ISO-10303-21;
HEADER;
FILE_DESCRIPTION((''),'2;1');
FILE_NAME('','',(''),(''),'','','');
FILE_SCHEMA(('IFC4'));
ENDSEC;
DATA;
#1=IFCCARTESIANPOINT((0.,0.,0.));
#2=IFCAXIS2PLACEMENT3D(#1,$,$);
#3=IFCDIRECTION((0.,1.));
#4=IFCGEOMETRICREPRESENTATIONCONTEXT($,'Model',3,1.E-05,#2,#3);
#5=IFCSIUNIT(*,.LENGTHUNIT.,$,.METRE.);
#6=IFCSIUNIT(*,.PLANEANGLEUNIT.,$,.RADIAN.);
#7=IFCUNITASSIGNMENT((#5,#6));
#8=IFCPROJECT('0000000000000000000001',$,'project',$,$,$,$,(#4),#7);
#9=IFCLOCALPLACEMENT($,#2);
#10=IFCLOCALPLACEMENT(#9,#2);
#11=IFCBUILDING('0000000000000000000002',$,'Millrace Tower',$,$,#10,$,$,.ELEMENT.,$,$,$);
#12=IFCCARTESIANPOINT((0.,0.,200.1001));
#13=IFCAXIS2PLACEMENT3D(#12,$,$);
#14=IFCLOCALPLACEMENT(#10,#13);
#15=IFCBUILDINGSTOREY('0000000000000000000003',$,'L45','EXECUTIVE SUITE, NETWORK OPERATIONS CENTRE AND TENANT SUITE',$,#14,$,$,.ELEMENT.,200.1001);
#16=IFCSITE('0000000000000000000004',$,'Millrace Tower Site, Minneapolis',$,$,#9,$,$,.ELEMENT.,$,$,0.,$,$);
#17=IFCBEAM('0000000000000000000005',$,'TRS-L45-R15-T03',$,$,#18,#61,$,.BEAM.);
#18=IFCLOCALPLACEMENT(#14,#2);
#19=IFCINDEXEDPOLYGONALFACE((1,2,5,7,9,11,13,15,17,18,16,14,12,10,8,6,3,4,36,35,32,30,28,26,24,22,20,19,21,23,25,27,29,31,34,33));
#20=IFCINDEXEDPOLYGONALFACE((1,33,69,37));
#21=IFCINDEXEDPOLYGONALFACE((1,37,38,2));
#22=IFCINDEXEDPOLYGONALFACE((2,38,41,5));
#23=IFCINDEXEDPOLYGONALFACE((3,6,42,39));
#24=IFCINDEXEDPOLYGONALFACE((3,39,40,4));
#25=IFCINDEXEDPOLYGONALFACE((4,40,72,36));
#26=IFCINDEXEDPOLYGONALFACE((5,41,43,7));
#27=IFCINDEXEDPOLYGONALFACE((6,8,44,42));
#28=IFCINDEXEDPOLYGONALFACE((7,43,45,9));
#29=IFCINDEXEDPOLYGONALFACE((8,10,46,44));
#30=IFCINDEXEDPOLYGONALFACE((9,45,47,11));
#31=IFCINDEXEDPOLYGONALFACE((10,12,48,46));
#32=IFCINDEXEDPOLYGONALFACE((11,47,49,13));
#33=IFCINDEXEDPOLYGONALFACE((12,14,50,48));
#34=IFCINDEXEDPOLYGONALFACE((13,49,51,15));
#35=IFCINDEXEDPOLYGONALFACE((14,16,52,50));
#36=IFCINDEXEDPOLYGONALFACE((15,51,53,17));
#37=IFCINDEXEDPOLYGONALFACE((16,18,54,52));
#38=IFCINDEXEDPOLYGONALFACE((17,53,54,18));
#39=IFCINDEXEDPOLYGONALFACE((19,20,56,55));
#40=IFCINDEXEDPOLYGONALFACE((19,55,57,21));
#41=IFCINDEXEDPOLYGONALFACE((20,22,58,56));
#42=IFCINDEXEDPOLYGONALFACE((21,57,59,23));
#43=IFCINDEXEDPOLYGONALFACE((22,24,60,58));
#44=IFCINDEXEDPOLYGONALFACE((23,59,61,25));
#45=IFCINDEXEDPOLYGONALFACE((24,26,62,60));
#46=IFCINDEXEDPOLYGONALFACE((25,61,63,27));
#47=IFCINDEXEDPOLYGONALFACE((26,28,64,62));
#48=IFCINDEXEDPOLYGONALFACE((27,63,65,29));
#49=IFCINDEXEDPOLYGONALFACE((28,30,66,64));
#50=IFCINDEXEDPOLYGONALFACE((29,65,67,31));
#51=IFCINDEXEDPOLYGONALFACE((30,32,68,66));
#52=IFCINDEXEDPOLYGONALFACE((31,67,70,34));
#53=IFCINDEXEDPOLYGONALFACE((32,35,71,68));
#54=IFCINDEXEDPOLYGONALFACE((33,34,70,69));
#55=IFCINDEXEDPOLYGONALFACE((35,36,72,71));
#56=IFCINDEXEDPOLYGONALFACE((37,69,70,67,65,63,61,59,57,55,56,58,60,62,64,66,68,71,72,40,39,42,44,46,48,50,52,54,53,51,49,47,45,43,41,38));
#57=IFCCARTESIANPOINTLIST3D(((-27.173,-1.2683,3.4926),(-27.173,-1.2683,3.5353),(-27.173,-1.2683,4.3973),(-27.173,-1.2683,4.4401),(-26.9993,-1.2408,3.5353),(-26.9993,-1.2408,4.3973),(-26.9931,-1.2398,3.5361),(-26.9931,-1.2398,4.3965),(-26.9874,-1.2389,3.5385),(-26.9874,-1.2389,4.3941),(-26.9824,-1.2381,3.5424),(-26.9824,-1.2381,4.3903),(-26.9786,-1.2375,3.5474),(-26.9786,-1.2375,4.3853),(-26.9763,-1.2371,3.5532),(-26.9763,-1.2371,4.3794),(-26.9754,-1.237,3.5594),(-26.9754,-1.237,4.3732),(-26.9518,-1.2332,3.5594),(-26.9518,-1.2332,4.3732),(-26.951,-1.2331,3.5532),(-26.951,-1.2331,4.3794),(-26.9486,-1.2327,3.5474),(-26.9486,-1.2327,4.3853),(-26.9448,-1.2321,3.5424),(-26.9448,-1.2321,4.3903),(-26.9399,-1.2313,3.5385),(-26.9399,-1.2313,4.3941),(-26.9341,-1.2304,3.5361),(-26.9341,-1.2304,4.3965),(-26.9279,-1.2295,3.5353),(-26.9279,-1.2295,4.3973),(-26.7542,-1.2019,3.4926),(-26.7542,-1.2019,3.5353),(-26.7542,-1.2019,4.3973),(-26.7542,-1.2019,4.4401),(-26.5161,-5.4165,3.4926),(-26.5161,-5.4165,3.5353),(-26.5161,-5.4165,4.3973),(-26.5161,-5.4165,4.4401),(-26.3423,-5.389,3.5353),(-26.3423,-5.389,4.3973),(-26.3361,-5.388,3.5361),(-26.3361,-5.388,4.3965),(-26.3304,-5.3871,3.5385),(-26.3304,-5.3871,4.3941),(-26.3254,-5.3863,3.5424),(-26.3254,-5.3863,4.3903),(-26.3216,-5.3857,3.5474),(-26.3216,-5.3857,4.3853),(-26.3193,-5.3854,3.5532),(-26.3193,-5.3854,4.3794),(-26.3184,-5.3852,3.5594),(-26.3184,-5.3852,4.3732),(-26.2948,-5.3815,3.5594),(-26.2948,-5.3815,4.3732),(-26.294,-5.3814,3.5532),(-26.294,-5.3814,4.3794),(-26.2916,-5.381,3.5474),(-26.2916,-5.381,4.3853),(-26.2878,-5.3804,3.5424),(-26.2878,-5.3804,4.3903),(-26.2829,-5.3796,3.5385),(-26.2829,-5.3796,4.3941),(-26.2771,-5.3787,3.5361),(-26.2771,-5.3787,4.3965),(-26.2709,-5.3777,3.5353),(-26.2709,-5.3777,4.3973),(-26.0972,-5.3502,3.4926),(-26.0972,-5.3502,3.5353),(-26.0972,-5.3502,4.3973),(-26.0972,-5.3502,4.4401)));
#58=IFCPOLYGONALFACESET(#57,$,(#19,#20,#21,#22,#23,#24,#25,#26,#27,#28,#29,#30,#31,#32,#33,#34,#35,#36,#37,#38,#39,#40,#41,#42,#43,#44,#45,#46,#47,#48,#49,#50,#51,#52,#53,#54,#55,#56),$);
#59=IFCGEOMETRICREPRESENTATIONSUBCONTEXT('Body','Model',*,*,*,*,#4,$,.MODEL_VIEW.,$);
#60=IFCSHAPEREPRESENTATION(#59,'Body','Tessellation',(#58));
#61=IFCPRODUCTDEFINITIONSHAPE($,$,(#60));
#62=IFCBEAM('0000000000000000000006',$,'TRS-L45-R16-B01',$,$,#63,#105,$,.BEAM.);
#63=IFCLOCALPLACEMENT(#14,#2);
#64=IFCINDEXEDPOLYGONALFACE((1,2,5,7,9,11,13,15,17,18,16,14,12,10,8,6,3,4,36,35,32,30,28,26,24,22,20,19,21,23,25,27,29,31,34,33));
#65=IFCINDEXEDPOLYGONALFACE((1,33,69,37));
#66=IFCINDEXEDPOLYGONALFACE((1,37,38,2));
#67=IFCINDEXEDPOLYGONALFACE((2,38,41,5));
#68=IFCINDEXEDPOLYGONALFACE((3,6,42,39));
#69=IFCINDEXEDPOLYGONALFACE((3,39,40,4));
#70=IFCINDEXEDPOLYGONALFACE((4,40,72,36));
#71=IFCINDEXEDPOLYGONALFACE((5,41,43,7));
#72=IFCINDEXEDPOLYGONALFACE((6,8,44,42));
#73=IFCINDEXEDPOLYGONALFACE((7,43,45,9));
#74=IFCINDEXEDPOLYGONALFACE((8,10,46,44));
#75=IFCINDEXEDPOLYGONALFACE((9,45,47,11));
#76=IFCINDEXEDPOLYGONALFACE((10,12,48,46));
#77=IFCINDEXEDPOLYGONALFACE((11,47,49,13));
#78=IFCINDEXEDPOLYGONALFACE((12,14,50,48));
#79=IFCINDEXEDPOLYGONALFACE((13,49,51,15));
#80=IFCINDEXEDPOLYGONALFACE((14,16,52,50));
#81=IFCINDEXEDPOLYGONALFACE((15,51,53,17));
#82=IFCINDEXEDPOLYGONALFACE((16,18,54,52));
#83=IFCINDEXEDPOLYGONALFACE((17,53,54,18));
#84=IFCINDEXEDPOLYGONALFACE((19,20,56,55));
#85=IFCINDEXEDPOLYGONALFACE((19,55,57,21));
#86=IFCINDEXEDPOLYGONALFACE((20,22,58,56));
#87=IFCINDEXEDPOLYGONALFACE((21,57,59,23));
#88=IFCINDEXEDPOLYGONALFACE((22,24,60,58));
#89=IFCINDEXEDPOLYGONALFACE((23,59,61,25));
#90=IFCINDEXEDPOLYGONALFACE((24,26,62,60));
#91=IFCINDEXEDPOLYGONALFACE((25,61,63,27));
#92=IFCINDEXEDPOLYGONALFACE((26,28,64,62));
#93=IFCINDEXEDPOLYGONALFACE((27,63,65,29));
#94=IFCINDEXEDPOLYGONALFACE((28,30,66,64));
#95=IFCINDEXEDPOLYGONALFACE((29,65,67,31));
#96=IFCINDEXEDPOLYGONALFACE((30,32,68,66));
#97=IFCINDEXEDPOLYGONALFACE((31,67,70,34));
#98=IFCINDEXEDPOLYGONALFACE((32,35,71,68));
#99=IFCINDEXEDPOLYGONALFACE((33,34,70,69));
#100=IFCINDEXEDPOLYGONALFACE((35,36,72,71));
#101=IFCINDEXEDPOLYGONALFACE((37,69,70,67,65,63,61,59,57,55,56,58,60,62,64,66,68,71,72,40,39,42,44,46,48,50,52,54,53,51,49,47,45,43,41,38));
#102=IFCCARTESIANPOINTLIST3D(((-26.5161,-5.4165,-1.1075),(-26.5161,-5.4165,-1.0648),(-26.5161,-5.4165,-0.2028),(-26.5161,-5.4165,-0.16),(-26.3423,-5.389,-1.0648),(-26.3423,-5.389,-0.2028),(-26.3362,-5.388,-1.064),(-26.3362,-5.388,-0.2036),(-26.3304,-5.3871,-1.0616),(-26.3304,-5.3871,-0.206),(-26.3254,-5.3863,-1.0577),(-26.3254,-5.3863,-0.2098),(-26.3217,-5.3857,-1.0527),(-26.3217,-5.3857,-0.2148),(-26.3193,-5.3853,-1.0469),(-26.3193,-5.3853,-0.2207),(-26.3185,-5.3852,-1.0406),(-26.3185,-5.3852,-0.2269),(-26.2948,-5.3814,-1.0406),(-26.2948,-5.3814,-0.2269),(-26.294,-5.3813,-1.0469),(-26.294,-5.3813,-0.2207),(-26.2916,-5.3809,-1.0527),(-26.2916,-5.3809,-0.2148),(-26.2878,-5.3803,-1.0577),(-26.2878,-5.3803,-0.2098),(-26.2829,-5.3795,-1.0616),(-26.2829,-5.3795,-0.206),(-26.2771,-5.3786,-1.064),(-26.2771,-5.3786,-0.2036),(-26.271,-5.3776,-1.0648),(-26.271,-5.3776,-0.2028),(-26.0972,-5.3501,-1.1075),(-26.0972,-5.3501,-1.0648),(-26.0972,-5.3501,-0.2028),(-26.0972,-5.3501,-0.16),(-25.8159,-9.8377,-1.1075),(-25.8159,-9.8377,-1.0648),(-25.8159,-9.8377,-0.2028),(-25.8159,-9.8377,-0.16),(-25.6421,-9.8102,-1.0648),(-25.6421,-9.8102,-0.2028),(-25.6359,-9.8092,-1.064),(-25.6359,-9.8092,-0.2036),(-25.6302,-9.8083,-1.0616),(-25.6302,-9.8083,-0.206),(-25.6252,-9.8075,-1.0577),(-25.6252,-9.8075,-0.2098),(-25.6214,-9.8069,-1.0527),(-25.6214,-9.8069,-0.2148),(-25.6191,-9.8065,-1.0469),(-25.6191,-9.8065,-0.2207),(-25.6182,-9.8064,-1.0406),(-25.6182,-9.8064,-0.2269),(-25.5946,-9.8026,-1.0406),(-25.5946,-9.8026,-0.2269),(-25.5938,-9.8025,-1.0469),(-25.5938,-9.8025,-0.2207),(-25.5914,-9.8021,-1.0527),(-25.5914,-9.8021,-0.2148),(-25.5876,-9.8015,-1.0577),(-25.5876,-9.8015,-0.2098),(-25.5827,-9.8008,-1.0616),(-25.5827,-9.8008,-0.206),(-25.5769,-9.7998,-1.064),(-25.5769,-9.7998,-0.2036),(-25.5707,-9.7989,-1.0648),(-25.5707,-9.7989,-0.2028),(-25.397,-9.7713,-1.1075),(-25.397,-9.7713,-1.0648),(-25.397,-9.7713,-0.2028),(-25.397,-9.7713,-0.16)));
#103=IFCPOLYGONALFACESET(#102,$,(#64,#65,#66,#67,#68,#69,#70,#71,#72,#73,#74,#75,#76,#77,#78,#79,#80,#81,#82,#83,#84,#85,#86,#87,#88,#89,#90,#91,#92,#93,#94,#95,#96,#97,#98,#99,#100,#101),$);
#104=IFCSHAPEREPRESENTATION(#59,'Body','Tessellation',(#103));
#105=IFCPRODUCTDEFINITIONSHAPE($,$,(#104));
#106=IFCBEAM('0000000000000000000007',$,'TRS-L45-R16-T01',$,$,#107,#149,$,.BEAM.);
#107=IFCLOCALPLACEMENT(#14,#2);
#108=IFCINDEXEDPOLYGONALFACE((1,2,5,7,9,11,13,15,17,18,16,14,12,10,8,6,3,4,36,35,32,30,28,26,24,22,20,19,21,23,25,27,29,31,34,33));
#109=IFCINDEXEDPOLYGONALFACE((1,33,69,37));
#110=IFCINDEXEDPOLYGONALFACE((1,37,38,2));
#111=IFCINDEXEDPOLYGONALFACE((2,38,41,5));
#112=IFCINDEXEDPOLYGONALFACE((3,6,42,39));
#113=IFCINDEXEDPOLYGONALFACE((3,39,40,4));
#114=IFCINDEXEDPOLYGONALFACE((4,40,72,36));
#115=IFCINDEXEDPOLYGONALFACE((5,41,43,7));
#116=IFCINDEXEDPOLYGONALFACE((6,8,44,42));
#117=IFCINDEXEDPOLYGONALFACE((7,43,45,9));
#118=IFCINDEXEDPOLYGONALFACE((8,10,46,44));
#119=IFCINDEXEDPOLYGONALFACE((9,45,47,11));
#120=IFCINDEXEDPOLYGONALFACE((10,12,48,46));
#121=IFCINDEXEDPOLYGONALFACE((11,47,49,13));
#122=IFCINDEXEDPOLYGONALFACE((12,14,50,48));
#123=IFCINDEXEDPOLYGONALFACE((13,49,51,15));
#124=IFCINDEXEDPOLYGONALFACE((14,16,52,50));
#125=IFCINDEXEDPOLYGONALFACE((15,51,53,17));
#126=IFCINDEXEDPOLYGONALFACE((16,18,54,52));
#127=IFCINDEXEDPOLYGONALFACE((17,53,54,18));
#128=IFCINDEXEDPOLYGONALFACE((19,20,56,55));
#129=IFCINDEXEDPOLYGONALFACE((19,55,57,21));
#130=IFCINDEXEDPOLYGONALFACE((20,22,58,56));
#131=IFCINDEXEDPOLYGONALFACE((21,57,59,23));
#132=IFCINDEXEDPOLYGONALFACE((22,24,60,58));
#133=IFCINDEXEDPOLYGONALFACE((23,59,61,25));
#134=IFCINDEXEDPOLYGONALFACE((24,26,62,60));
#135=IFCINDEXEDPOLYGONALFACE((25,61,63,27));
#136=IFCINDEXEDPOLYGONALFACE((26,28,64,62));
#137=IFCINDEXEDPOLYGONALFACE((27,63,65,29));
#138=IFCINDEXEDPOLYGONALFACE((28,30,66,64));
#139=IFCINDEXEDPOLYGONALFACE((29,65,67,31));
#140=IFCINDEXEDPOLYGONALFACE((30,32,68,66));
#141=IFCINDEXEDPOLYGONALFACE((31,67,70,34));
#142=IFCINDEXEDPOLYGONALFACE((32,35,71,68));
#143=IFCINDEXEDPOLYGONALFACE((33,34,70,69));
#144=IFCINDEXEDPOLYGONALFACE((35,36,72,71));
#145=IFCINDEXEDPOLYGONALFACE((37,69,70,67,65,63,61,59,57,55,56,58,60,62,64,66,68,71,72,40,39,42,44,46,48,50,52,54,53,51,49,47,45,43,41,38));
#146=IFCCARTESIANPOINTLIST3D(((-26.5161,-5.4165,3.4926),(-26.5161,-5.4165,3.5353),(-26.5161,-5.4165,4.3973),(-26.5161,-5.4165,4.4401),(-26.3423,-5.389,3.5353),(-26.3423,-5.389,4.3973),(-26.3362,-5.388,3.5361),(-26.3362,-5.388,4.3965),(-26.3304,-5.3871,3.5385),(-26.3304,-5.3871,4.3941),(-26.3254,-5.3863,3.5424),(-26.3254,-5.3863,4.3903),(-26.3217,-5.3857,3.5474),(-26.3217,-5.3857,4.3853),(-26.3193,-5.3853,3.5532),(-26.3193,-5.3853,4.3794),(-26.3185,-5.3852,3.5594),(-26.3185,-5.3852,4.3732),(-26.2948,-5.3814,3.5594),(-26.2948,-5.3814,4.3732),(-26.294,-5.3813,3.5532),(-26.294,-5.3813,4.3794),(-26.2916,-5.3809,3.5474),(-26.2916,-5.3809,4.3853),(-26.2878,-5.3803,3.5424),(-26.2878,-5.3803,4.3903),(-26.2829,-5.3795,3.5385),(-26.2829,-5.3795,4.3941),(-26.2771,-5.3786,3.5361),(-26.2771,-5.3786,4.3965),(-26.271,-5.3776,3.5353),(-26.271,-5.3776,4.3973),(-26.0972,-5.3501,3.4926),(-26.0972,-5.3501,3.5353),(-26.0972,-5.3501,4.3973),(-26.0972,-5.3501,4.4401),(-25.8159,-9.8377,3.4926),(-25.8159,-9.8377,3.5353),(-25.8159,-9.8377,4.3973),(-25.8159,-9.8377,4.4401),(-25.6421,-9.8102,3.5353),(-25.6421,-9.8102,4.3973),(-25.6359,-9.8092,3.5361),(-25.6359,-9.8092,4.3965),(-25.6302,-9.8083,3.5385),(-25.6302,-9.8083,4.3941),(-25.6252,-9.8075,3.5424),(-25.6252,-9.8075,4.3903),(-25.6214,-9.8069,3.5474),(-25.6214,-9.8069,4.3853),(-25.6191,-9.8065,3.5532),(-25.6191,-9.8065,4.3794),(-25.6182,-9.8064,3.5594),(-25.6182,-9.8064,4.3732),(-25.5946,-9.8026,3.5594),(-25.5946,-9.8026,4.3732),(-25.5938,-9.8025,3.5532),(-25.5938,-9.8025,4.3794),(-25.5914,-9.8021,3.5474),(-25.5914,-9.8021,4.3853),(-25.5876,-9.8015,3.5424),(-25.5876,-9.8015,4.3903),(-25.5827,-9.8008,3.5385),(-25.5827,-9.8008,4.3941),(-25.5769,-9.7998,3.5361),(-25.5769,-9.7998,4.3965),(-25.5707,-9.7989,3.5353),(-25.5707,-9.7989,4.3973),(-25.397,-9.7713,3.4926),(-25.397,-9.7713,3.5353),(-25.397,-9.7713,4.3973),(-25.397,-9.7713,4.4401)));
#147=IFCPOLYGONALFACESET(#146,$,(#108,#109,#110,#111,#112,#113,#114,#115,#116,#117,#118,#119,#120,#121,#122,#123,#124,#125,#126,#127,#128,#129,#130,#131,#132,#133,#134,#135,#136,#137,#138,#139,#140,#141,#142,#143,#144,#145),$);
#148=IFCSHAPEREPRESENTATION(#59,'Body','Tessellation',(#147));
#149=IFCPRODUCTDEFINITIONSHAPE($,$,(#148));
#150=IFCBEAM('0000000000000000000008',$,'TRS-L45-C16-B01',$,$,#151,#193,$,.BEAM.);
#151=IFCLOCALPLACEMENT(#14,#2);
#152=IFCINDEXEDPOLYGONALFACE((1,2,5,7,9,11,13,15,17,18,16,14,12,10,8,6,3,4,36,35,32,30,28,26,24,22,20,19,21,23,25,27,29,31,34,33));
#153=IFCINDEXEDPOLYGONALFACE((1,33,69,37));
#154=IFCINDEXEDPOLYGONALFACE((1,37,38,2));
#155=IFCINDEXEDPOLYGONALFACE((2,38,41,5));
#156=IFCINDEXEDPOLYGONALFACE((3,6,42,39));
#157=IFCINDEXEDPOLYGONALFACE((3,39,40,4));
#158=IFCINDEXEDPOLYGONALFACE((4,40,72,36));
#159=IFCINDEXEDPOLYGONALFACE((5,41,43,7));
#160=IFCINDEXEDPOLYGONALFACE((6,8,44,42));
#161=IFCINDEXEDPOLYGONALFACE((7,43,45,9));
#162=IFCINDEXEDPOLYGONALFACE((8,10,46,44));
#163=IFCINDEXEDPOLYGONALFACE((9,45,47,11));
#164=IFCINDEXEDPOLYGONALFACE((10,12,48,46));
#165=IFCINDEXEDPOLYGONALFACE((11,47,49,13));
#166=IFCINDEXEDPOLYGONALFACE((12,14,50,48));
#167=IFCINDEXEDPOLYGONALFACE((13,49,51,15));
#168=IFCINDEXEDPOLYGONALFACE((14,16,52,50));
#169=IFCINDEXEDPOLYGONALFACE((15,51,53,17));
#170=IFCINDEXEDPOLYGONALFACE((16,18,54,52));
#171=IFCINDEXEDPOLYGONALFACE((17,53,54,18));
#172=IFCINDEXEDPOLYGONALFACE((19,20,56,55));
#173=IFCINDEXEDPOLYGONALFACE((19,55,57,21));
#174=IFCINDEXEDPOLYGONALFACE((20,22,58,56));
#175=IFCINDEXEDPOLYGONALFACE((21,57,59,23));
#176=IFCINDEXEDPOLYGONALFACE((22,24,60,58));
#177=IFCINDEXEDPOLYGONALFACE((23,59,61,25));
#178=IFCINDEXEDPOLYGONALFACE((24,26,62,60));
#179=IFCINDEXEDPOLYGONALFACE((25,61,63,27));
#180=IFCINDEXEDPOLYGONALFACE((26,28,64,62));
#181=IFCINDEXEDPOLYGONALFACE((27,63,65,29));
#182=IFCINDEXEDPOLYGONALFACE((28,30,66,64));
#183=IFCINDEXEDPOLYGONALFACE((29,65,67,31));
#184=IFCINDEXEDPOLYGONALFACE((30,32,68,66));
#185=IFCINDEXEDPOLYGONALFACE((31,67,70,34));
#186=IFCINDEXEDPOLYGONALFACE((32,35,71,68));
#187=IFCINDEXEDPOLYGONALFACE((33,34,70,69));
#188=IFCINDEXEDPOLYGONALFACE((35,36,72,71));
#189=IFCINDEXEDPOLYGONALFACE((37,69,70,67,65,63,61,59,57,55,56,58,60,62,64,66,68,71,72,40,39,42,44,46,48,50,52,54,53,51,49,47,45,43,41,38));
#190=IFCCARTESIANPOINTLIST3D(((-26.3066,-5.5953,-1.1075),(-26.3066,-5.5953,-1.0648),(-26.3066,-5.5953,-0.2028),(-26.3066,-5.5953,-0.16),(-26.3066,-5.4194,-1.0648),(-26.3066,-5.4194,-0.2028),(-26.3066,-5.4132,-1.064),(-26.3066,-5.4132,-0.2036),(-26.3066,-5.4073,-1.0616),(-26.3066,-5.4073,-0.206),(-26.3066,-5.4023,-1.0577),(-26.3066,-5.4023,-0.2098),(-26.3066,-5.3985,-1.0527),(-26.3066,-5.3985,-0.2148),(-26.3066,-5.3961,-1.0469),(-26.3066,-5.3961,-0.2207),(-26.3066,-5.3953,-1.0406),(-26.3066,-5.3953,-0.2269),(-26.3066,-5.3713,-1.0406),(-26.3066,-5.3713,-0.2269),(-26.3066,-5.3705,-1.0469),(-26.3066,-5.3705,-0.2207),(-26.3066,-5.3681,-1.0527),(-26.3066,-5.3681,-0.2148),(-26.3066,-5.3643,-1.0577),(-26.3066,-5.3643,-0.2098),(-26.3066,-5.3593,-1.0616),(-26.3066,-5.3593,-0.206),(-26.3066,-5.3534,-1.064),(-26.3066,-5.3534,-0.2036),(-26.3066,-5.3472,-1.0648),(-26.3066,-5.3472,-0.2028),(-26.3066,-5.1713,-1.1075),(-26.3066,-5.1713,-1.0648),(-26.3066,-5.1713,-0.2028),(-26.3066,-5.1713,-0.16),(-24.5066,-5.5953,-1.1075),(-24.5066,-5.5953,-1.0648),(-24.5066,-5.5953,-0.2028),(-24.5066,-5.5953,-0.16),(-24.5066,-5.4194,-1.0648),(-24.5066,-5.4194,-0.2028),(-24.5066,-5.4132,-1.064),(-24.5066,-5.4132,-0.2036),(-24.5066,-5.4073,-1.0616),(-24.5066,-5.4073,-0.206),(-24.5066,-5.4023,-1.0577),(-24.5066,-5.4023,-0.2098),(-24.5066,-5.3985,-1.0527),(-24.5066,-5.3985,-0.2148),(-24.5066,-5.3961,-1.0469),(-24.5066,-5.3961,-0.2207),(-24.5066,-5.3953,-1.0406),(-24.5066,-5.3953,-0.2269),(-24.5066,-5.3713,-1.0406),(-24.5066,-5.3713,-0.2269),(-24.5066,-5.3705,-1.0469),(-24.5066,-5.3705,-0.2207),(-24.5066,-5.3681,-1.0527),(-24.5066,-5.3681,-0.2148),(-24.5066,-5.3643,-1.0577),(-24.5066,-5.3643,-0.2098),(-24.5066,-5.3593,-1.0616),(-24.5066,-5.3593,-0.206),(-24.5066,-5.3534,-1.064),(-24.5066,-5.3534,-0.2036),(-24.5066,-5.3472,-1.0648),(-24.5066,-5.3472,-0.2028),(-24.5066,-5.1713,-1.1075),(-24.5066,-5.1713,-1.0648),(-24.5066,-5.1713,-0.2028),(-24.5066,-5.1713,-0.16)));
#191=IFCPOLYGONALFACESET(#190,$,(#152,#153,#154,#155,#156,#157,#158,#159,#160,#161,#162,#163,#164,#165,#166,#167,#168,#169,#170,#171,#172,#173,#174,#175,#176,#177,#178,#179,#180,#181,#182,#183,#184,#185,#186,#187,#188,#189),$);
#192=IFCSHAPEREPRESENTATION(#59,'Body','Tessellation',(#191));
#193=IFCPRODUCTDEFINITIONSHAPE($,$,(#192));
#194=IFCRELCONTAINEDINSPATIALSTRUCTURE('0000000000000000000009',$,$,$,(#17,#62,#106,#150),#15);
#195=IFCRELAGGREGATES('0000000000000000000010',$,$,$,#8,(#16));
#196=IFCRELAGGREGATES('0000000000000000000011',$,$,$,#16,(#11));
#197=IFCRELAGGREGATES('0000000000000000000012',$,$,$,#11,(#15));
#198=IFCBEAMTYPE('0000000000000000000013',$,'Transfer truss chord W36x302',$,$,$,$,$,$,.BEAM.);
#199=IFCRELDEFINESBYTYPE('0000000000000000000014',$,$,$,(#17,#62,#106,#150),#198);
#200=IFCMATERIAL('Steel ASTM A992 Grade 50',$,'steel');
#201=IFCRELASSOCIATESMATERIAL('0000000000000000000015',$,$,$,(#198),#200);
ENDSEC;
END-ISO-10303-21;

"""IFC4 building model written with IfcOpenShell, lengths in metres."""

from ifc_helpers import new_model, si_unit, direction, frame, origin, origin_2d, place, context, subcontext, project, spatial, i_section, extrude, material, material_profile, profile_set, type_object, element, save


model = new_model("IFC4")

# Units and contexts
model_context = context("Model", 3, precision=1e-05, world=origin(), true_north=direction((0.0, 1.0)))
body_context = subcontext(model_context, "Body", "Model", "MODEL_VIEW")
ifc_project = project(units=[si_unit("LENGTHUNIT", "METRE"), si_unit("PLANEANGLEUNIT", "RADIAN")], contexts=[model_context])

# Site, building, storey
site_placement = place(None, origin())
site = spatial("IfcSite", under=ifc_project, at=site_placement, Name="Millrace Tower Site, Minneapolis", CompositionType="ELEMENT", RefElevation=0.0)
building_placement = place(site_placement, origin())
building = spatial("IfcBuilding", under=site, at=building_placement, Name="Millrace Tower", CompositionType="ELEMENT")
storey_placement = place(building_placement, frame((0.0, 0.0, 200.1001)))
storey = spatial("IfcBuildingStorey", under=building, at=storey_placement, Name="L45", Description="EXECUTIVE SUITE, NETWORK OPERATIONS CENTRE AND TENANT SUITE", CompositionType="ELEMENT", Elevation=200.1001)

# Beams
ifc_material_1 = material(Name="Steel ASTM A992 Grade 50", Category="steel")
ifc_material_profile_1 = material_profile(ifc_material_1, i_section(OverallWidth=0.4241, OverallDepth=0.9475, WebThickness=0.0239, FlangeThickness=0.0427, FilletRadius=0.0242, at=origin_2d()))
ifc_profile_set_1 = profile_set([ifc_material_profile_1], Name="Steel ASTM A992 Grade 50")
beam_type_1 = type_object("IfcBeamType", Name="Transfer truss chord W36x302", PredefinedType="BEAM", material=ifc_profile_set_1)
for number, where, z_axis, x_axis, name in (
    (1, (-26.9636, -1.2351, 3.9663), (0.156428, -0.987689, 0.0), (0.987689, 0.156428, 0.0), "TRS-L45-R15-T03"),
):
    element("IfcBeam", number, at=place(storey_placement, frame(where, z_axis=z_axis, x_axis=x_axis)), inside=storey, type_object=beam_type_1, Name=name, PredefinedType="BEAM", context=body_context, shape_type="SweptSolid", body=[
        extrude(i_section(OverallWidth=0.4241, OverallDepth=0.9475, WebThickness=0.0239, FlangeThickness=0.0427, FilletRadius=0.0242, at=origin_2d()), origin(), (0.0, 0.0, 1.0), 4.2),
    ])
for number, where, z_axis, x_axis, name in (
    (2, (-26.3066, -5.3833, -0.6338), (0.156425, -0.98769, 0.0), (0.98769, 0.156425, 0.0), "TRS-L45-R16-B01"),
    (3, (-26.3066, -5.3833, 3.9663), (0.156425, -0.98769, 0.0), (0.98769, 0.156425, 0.0), "TRS-L45-R16-T01"),
):
    element("IfcBeam", number, at=place(storey_placement, frame(where, z_axis=z_axis, x_axis=x_axis)), inside=storey, type_object=beam_type_1, Name=name, PredefinedType="BEAM", context=body_context, shape_type="SweptSolid", body=[
        extrude(i_section(OverallWidth=0.4241, OverallDepth=0.9475, WebThickness=0.0239, FlangeThickness=0.0427, FilletRadius=0.0242, at=origin_2d()), origin(), (0.0, 0.0, 1.0), 4.4763),
    ])
for number, where, z_axis, x_axis, name in (
    (4, (-26.3066, -5.3833, -0.6338), (1.0, 0.0, 0.0), (0.0, 1.0, 0.0), "TRS-L45-C16-B01"),
):
    element("IfcBeam", number, at=place(storey_placement, frame(where, z_axis=z_axis, x_axis=x_axis)), inside=storey, type_object=beam_type_1, Name=name, PredefinedType="BEAM", context=body_context, shape_type="SweptSolid", body=[
        extrude(i_section(OverallWidth=0.4241, OverallDepth=0.9475, WebThickness=0.0239, FlangeThickness=0.0427, FilletRadius=0.0242, at=origin_2d()), origin(), (0.0, 0.0, 1.0), 1.8),
    ])

save(model, "model.ifc")
